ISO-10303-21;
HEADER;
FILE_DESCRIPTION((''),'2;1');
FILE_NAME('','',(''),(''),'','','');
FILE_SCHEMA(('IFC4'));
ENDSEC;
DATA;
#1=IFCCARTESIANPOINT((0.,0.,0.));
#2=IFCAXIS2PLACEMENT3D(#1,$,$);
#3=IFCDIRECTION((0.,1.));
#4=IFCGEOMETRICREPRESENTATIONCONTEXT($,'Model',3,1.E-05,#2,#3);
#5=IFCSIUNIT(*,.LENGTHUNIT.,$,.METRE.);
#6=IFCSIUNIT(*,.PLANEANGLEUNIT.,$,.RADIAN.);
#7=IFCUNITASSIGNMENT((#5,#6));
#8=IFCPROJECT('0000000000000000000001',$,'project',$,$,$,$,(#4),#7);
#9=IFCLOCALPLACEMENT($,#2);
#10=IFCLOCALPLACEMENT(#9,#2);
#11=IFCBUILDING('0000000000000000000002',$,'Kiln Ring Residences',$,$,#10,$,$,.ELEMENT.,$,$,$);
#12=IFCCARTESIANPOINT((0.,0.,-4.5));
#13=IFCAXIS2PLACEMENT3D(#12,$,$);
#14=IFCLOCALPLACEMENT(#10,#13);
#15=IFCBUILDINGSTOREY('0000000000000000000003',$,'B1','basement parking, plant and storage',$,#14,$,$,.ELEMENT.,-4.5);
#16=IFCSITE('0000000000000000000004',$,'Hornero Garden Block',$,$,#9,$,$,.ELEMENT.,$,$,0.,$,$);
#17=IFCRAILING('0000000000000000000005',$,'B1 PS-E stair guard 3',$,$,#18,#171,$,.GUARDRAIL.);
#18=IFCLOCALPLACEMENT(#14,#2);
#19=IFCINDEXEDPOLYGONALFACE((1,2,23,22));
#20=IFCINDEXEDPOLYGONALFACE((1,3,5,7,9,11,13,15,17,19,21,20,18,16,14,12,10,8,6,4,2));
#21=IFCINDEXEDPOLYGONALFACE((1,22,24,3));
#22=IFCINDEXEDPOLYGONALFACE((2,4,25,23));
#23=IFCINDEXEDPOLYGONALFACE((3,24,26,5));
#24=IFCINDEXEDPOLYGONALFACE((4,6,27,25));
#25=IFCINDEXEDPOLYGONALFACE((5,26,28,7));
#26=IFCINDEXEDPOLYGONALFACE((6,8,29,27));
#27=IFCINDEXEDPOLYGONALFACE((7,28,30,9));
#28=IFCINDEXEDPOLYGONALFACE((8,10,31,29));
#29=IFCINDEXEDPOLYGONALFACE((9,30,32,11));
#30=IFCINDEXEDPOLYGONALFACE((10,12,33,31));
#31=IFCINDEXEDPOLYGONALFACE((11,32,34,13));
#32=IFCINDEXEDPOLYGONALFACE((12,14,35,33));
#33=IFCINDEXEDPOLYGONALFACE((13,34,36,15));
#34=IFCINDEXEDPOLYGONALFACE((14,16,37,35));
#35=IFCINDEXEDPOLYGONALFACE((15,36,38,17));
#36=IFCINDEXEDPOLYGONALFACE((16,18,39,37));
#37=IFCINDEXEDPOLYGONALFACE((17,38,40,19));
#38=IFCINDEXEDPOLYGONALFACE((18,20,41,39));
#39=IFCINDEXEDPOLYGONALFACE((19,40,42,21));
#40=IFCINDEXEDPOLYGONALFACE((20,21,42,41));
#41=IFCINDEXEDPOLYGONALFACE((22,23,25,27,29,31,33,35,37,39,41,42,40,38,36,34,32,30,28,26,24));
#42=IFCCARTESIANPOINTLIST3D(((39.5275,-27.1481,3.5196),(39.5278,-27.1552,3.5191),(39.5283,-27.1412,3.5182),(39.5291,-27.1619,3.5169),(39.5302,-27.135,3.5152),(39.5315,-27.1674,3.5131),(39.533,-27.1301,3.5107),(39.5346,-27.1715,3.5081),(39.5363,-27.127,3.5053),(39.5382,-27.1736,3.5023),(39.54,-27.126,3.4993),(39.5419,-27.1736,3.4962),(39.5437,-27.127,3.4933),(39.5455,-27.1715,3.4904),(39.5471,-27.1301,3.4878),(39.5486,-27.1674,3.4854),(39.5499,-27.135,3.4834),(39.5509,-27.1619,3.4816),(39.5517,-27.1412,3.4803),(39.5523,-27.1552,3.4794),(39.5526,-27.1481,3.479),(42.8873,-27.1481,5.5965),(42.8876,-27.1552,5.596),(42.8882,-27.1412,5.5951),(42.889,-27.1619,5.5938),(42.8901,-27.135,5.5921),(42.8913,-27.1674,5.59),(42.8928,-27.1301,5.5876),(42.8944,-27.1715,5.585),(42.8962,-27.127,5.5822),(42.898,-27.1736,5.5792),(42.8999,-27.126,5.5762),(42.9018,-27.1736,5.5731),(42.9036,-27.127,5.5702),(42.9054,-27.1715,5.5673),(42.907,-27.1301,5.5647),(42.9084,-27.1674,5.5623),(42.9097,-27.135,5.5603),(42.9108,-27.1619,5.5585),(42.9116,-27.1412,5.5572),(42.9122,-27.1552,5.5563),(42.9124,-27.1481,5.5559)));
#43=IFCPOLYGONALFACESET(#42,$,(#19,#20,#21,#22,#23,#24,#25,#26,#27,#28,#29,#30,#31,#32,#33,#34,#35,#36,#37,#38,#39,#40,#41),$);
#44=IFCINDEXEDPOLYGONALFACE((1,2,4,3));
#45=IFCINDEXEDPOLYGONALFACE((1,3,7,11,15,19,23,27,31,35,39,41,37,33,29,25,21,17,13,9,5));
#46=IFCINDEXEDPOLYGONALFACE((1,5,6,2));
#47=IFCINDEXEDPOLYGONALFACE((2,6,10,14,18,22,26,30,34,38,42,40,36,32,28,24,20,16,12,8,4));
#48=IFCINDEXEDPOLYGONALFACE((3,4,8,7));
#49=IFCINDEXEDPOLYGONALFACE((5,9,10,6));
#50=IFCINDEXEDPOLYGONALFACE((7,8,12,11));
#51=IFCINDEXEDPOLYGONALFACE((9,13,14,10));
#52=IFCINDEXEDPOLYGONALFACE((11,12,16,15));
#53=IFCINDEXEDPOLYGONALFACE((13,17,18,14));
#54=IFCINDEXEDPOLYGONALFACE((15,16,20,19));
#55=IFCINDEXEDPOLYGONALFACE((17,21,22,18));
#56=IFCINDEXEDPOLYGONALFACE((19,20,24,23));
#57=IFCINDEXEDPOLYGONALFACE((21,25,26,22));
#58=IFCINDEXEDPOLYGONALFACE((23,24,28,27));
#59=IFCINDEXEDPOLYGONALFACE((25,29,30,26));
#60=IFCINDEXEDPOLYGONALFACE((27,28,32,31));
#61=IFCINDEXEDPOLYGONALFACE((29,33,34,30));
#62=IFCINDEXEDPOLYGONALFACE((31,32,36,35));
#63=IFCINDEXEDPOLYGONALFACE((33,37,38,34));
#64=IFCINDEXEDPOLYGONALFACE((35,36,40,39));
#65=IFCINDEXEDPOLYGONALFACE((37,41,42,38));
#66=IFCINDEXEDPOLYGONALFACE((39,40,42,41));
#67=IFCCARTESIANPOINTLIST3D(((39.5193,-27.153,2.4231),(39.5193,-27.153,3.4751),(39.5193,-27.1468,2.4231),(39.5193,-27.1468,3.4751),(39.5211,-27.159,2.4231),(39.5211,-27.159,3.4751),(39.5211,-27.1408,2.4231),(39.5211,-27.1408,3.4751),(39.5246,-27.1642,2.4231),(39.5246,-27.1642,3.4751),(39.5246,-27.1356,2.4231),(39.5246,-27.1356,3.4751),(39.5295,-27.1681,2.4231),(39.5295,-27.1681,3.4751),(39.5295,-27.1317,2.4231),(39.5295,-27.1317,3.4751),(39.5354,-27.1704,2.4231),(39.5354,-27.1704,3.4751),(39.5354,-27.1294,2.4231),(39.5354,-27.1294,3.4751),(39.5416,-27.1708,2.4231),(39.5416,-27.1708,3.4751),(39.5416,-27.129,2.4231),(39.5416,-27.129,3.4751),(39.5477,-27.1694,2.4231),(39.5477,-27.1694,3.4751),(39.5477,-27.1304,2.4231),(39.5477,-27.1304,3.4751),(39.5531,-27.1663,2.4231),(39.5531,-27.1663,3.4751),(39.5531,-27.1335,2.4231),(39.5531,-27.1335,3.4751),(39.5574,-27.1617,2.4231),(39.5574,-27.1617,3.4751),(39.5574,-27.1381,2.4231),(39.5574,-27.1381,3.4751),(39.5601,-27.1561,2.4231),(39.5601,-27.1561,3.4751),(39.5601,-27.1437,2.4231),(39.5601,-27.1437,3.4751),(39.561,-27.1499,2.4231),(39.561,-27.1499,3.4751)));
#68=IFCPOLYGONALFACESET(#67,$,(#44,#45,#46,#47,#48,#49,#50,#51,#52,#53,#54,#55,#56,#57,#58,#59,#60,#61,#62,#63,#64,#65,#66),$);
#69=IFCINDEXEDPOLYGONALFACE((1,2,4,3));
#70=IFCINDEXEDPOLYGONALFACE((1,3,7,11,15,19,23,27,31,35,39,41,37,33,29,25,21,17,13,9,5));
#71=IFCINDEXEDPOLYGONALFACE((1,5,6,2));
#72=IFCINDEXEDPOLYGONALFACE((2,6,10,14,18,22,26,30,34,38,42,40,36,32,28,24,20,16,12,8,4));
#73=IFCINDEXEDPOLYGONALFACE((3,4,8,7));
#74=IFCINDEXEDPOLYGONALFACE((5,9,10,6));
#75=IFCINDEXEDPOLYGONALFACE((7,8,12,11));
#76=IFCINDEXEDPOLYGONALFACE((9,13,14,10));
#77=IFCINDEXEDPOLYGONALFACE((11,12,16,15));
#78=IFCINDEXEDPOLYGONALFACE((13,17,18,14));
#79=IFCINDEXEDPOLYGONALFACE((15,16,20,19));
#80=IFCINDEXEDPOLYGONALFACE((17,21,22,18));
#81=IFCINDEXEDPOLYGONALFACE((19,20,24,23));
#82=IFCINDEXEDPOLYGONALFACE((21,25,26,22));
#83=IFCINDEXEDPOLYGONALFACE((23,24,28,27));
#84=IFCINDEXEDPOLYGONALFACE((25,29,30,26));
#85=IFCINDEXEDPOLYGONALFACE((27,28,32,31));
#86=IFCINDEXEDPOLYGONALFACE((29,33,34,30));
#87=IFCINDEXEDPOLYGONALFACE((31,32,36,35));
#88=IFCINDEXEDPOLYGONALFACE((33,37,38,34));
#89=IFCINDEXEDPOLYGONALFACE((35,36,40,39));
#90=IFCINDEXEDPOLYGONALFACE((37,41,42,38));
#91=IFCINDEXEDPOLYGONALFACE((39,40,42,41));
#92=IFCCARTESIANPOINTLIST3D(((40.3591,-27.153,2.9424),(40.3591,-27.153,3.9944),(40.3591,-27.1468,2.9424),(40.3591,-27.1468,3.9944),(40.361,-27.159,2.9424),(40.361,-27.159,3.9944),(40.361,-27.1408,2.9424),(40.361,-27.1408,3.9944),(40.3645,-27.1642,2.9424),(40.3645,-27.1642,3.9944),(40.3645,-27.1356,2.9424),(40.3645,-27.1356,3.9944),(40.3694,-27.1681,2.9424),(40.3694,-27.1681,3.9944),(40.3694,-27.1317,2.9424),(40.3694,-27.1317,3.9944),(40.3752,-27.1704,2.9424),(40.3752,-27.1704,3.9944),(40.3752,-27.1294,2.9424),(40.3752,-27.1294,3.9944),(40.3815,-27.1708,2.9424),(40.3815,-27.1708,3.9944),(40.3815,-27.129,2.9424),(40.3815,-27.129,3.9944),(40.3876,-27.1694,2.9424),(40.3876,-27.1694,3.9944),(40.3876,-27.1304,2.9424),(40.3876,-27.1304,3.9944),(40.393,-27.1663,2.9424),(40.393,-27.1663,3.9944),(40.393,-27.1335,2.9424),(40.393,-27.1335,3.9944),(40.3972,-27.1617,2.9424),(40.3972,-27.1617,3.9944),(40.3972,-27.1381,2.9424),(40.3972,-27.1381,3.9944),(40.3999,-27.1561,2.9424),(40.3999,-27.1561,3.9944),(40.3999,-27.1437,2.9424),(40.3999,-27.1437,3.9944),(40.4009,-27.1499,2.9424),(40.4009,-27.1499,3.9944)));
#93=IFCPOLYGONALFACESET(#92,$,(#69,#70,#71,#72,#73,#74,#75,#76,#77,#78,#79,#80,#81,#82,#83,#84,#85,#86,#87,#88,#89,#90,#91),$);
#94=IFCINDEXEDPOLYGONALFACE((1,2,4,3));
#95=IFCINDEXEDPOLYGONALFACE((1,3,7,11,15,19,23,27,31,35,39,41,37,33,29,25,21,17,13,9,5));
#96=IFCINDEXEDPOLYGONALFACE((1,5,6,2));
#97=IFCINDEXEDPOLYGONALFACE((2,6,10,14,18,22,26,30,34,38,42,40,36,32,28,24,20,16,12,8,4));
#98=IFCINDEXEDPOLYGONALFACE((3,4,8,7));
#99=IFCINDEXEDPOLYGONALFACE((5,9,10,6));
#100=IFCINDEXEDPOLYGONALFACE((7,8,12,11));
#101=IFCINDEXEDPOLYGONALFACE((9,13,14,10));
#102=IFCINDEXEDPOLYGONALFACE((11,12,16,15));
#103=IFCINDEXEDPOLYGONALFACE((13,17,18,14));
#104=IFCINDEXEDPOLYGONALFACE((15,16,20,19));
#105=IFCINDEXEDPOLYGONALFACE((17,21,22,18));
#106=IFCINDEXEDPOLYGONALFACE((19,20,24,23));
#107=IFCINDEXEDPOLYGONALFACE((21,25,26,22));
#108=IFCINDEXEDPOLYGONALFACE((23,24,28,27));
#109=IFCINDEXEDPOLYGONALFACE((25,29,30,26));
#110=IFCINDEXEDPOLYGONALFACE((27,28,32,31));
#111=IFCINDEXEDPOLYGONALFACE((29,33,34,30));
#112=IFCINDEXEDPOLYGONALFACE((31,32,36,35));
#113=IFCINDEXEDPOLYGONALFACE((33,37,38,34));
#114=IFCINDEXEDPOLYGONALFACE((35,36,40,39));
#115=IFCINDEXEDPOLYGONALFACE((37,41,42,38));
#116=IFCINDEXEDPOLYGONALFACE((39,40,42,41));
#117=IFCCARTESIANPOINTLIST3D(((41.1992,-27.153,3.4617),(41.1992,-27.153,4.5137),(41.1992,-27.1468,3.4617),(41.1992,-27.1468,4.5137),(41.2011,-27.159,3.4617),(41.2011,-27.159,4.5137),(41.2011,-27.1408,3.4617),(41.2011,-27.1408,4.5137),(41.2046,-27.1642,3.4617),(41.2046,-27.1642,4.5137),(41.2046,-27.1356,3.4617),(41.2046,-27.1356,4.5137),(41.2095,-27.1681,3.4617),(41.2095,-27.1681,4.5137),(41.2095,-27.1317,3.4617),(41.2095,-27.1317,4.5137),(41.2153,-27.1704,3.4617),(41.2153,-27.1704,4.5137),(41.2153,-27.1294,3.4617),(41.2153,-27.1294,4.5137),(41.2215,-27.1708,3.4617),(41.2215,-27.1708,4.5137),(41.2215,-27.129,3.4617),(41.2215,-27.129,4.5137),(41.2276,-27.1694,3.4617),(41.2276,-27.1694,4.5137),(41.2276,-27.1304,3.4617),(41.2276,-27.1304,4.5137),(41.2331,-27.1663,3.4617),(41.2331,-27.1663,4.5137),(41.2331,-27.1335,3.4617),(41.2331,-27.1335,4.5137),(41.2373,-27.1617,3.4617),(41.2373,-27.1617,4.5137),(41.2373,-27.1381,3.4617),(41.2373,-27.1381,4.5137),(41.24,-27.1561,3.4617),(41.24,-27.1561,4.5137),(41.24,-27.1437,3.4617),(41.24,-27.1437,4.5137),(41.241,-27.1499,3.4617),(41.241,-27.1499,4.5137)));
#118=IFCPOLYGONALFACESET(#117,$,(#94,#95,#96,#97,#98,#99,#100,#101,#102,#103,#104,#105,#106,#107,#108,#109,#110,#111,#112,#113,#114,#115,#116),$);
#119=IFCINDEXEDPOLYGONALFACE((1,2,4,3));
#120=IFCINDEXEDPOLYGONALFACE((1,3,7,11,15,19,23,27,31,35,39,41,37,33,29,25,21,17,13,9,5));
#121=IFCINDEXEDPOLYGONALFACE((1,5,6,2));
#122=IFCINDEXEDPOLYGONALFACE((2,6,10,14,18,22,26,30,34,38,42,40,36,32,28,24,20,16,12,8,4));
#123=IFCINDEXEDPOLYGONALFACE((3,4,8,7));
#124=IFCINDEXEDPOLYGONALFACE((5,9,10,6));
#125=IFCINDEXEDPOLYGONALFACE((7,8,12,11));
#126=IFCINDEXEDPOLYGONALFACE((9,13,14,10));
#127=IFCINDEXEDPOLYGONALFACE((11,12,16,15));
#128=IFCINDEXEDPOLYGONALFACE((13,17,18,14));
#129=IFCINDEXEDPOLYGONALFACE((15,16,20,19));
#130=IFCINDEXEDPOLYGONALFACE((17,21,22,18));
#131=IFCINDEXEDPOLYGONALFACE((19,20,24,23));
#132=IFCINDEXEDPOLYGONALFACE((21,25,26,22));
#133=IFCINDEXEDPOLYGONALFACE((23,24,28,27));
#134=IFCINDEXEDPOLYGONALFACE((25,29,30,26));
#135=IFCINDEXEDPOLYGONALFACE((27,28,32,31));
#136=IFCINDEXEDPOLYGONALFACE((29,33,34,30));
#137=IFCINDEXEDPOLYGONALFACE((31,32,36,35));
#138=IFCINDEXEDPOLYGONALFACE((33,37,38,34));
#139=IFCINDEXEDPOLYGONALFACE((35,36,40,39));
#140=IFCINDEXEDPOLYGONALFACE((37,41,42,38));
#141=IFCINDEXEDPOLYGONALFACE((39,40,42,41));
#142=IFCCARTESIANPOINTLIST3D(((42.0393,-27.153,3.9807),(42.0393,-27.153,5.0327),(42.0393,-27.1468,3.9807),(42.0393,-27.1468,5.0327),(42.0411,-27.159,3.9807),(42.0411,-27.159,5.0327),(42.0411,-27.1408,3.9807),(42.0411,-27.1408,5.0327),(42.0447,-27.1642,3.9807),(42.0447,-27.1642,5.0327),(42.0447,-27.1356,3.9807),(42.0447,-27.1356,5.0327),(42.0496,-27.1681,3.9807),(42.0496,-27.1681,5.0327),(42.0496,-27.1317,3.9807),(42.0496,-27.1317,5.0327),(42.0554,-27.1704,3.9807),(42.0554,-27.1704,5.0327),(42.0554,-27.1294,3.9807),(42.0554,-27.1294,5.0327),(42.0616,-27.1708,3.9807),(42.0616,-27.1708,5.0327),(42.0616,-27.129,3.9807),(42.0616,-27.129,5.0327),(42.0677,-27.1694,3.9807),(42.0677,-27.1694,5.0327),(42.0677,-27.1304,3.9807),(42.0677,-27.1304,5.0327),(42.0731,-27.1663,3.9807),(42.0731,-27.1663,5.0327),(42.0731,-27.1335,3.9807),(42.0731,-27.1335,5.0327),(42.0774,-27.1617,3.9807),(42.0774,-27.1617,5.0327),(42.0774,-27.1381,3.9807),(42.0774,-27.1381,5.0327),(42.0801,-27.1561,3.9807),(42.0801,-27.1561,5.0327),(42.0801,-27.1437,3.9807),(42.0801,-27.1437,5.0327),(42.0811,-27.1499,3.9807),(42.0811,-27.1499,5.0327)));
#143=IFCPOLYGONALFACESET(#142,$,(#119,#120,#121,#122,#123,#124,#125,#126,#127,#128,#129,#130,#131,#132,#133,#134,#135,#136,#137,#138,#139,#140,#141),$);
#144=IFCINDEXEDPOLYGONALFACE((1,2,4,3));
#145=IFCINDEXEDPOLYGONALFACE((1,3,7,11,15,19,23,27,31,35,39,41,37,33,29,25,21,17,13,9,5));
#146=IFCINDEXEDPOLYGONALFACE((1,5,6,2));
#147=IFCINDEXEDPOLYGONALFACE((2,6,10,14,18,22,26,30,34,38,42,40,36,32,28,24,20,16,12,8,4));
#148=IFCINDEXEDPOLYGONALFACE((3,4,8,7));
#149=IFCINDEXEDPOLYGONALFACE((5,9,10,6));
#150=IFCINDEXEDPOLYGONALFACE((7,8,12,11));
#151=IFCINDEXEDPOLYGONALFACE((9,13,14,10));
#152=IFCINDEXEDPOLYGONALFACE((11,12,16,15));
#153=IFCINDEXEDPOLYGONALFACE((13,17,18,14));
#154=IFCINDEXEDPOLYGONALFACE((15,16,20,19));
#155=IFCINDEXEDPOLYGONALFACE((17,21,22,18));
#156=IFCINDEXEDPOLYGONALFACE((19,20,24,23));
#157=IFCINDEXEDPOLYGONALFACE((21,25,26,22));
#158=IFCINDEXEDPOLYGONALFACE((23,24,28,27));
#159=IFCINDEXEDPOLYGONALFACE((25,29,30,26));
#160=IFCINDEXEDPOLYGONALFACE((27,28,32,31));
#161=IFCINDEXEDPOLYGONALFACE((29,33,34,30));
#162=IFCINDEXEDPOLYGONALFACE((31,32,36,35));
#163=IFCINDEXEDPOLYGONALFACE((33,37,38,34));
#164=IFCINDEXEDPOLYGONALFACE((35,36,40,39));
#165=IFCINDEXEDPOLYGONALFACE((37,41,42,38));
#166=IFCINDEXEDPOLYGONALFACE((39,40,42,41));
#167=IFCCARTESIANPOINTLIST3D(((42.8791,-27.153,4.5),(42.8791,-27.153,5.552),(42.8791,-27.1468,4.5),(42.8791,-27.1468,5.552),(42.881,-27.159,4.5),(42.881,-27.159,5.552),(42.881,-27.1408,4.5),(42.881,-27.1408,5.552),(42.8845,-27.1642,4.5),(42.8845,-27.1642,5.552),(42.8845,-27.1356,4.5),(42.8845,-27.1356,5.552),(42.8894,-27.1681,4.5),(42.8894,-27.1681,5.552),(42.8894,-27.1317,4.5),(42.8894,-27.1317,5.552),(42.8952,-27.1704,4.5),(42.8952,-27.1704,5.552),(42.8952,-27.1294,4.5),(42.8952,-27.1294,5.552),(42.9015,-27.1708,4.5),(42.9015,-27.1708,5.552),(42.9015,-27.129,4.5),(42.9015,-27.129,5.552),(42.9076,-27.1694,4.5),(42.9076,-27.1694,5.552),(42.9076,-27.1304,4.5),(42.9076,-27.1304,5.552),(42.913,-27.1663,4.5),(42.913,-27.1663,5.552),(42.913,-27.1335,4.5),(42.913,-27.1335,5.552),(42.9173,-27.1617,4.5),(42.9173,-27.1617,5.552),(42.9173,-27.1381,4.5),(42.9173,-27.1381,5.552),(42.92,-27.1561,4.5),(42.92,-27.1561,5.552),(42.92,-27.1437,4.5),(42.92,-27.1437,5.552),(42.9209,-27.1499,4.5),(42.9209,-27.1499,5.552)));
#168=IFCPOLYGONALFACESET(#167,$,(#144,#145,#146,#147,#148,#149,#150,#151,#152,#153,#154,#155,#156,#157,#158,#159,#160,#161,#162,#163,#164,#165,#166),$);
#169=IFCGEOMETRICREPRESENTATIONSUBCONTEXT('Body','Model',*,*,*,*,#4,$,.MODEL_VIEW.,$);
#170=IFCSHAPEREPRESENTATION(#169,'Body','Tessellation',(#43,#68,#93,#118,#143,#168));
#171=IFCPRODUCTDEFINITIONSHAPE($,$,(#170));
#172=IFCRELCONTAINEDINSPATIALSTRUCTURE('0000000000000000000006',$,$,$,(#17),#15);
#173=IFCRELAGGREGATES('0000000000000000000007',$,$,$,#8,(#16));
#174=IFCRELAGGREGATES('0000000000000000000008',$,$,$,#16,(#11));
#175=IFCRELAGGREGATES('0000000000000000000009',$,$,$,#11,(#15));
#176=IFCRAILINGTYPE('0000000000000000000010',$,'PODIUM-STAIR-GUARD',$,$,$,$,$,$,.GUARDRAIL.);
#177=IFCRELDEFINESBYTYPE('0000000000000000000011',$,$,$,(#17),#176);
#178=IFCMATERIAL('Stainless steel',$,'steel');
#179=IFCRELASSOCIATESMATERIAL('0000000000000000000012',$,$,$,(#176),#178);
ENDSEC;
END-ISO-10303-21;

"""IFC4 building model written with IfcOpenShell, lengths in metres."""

from ifc_helpers import new_model, si_unit, direction, frame, origin, origin_2d, place, context, subcontext, project, spatial, circle, extrude, material, type_object, element, save


model = new_model("IFC4")

# Units and contexts
model_context = context("Model", 3, precision=1e-05, world=origin(), true_north=direction((0.0, 1.0)))
body_context = subcontext(model_context, "Body", "Model", "MODEL_VIEW")
ifc_project = project(units=[si_unit("LENGTHUNIT", "METRE"), si_unit("PLANEANGLEUNIT", "RADIAN")], contexts=[model_context])

# Site, building, storey
site_placement = place(None, origin())
site = spatial("IfcSite", under=ifc_project, at=site_placement, Name="Hornero Garden Block", CompositionType="ELEMENT", RefElevation=0.0)
building_placement = place(site_placement, origin())
building = spatial("IfcBuilding", under=site, at=building_placement, Name="Kiln Ring Residences", CompositionType="ELEMENT")
storey_placement = place(building_placement, frame((0.0, 0.0, -4.5)))
storey = spatial("IfcBuildingStorey", under=building, at=storey_placement, Name="B1", Description="basement parking, plant and storage", CompositionType="ELEMENT", Elevation=-4.5)

# Railing
ifc_material_1 = material(Name="Stainless steel", Category="steel")
railing_type_1 = type_object("IfcRailingType", Name="PODIUM-STAIR-GUARD", PredefinedType="GUARDRAIL", material=ifc_material_1)
railing_1_placement = place(storey_placement, frame((39.54, -27.1499, 2.4231)))
element("IfcRailing", 1, at=railing_1_placement, inside=storey, type_object=railing_type_1, Name="B1 PS-E stair guard 3", PredefinedType="GUARDRAIL", context=body_context, shape_type="SweptSolid", body=[
    extrude(circle(Radius=0.0239, at=origin_2d()), frame((0.0, 0.0, 1.0762), z_axis=(0.850606, 0.0, 0.525803), x_axis=(0.0, 1.0, 0.0)), (0.0, 0.0, 1.0), 3.95),
    extrude(circle(Radius=0.021, at=origin_2d()), origin(), (0.0, 0.0, 1.0), 1.052),
    extrude(circle(Radius=0.021, at=origin_2d()), frame((0.8398, 0.0, 0.5193)), (0.0, 0.0, 1.0), 1.052),
    extrude(circle(Radius=0.021, at=origin_2d()), frame((1.6799, 0.0, 1.0386)), (0.0, 0.0, 1.0), 1.052),
    extrude(circle(Radius=0.021, at=origin_2d()), frame((2.52, 0.0, 1.5576)), (0.0, 0.0, 1.0), 1.052),
    extrude(circle(Radius=0.021, at=origin_2d()), frame((3.3599, 0.0, 2.0769)), (0.0, 0.0, 1.0), 1.052),
])

save(model, "model.ifc")
